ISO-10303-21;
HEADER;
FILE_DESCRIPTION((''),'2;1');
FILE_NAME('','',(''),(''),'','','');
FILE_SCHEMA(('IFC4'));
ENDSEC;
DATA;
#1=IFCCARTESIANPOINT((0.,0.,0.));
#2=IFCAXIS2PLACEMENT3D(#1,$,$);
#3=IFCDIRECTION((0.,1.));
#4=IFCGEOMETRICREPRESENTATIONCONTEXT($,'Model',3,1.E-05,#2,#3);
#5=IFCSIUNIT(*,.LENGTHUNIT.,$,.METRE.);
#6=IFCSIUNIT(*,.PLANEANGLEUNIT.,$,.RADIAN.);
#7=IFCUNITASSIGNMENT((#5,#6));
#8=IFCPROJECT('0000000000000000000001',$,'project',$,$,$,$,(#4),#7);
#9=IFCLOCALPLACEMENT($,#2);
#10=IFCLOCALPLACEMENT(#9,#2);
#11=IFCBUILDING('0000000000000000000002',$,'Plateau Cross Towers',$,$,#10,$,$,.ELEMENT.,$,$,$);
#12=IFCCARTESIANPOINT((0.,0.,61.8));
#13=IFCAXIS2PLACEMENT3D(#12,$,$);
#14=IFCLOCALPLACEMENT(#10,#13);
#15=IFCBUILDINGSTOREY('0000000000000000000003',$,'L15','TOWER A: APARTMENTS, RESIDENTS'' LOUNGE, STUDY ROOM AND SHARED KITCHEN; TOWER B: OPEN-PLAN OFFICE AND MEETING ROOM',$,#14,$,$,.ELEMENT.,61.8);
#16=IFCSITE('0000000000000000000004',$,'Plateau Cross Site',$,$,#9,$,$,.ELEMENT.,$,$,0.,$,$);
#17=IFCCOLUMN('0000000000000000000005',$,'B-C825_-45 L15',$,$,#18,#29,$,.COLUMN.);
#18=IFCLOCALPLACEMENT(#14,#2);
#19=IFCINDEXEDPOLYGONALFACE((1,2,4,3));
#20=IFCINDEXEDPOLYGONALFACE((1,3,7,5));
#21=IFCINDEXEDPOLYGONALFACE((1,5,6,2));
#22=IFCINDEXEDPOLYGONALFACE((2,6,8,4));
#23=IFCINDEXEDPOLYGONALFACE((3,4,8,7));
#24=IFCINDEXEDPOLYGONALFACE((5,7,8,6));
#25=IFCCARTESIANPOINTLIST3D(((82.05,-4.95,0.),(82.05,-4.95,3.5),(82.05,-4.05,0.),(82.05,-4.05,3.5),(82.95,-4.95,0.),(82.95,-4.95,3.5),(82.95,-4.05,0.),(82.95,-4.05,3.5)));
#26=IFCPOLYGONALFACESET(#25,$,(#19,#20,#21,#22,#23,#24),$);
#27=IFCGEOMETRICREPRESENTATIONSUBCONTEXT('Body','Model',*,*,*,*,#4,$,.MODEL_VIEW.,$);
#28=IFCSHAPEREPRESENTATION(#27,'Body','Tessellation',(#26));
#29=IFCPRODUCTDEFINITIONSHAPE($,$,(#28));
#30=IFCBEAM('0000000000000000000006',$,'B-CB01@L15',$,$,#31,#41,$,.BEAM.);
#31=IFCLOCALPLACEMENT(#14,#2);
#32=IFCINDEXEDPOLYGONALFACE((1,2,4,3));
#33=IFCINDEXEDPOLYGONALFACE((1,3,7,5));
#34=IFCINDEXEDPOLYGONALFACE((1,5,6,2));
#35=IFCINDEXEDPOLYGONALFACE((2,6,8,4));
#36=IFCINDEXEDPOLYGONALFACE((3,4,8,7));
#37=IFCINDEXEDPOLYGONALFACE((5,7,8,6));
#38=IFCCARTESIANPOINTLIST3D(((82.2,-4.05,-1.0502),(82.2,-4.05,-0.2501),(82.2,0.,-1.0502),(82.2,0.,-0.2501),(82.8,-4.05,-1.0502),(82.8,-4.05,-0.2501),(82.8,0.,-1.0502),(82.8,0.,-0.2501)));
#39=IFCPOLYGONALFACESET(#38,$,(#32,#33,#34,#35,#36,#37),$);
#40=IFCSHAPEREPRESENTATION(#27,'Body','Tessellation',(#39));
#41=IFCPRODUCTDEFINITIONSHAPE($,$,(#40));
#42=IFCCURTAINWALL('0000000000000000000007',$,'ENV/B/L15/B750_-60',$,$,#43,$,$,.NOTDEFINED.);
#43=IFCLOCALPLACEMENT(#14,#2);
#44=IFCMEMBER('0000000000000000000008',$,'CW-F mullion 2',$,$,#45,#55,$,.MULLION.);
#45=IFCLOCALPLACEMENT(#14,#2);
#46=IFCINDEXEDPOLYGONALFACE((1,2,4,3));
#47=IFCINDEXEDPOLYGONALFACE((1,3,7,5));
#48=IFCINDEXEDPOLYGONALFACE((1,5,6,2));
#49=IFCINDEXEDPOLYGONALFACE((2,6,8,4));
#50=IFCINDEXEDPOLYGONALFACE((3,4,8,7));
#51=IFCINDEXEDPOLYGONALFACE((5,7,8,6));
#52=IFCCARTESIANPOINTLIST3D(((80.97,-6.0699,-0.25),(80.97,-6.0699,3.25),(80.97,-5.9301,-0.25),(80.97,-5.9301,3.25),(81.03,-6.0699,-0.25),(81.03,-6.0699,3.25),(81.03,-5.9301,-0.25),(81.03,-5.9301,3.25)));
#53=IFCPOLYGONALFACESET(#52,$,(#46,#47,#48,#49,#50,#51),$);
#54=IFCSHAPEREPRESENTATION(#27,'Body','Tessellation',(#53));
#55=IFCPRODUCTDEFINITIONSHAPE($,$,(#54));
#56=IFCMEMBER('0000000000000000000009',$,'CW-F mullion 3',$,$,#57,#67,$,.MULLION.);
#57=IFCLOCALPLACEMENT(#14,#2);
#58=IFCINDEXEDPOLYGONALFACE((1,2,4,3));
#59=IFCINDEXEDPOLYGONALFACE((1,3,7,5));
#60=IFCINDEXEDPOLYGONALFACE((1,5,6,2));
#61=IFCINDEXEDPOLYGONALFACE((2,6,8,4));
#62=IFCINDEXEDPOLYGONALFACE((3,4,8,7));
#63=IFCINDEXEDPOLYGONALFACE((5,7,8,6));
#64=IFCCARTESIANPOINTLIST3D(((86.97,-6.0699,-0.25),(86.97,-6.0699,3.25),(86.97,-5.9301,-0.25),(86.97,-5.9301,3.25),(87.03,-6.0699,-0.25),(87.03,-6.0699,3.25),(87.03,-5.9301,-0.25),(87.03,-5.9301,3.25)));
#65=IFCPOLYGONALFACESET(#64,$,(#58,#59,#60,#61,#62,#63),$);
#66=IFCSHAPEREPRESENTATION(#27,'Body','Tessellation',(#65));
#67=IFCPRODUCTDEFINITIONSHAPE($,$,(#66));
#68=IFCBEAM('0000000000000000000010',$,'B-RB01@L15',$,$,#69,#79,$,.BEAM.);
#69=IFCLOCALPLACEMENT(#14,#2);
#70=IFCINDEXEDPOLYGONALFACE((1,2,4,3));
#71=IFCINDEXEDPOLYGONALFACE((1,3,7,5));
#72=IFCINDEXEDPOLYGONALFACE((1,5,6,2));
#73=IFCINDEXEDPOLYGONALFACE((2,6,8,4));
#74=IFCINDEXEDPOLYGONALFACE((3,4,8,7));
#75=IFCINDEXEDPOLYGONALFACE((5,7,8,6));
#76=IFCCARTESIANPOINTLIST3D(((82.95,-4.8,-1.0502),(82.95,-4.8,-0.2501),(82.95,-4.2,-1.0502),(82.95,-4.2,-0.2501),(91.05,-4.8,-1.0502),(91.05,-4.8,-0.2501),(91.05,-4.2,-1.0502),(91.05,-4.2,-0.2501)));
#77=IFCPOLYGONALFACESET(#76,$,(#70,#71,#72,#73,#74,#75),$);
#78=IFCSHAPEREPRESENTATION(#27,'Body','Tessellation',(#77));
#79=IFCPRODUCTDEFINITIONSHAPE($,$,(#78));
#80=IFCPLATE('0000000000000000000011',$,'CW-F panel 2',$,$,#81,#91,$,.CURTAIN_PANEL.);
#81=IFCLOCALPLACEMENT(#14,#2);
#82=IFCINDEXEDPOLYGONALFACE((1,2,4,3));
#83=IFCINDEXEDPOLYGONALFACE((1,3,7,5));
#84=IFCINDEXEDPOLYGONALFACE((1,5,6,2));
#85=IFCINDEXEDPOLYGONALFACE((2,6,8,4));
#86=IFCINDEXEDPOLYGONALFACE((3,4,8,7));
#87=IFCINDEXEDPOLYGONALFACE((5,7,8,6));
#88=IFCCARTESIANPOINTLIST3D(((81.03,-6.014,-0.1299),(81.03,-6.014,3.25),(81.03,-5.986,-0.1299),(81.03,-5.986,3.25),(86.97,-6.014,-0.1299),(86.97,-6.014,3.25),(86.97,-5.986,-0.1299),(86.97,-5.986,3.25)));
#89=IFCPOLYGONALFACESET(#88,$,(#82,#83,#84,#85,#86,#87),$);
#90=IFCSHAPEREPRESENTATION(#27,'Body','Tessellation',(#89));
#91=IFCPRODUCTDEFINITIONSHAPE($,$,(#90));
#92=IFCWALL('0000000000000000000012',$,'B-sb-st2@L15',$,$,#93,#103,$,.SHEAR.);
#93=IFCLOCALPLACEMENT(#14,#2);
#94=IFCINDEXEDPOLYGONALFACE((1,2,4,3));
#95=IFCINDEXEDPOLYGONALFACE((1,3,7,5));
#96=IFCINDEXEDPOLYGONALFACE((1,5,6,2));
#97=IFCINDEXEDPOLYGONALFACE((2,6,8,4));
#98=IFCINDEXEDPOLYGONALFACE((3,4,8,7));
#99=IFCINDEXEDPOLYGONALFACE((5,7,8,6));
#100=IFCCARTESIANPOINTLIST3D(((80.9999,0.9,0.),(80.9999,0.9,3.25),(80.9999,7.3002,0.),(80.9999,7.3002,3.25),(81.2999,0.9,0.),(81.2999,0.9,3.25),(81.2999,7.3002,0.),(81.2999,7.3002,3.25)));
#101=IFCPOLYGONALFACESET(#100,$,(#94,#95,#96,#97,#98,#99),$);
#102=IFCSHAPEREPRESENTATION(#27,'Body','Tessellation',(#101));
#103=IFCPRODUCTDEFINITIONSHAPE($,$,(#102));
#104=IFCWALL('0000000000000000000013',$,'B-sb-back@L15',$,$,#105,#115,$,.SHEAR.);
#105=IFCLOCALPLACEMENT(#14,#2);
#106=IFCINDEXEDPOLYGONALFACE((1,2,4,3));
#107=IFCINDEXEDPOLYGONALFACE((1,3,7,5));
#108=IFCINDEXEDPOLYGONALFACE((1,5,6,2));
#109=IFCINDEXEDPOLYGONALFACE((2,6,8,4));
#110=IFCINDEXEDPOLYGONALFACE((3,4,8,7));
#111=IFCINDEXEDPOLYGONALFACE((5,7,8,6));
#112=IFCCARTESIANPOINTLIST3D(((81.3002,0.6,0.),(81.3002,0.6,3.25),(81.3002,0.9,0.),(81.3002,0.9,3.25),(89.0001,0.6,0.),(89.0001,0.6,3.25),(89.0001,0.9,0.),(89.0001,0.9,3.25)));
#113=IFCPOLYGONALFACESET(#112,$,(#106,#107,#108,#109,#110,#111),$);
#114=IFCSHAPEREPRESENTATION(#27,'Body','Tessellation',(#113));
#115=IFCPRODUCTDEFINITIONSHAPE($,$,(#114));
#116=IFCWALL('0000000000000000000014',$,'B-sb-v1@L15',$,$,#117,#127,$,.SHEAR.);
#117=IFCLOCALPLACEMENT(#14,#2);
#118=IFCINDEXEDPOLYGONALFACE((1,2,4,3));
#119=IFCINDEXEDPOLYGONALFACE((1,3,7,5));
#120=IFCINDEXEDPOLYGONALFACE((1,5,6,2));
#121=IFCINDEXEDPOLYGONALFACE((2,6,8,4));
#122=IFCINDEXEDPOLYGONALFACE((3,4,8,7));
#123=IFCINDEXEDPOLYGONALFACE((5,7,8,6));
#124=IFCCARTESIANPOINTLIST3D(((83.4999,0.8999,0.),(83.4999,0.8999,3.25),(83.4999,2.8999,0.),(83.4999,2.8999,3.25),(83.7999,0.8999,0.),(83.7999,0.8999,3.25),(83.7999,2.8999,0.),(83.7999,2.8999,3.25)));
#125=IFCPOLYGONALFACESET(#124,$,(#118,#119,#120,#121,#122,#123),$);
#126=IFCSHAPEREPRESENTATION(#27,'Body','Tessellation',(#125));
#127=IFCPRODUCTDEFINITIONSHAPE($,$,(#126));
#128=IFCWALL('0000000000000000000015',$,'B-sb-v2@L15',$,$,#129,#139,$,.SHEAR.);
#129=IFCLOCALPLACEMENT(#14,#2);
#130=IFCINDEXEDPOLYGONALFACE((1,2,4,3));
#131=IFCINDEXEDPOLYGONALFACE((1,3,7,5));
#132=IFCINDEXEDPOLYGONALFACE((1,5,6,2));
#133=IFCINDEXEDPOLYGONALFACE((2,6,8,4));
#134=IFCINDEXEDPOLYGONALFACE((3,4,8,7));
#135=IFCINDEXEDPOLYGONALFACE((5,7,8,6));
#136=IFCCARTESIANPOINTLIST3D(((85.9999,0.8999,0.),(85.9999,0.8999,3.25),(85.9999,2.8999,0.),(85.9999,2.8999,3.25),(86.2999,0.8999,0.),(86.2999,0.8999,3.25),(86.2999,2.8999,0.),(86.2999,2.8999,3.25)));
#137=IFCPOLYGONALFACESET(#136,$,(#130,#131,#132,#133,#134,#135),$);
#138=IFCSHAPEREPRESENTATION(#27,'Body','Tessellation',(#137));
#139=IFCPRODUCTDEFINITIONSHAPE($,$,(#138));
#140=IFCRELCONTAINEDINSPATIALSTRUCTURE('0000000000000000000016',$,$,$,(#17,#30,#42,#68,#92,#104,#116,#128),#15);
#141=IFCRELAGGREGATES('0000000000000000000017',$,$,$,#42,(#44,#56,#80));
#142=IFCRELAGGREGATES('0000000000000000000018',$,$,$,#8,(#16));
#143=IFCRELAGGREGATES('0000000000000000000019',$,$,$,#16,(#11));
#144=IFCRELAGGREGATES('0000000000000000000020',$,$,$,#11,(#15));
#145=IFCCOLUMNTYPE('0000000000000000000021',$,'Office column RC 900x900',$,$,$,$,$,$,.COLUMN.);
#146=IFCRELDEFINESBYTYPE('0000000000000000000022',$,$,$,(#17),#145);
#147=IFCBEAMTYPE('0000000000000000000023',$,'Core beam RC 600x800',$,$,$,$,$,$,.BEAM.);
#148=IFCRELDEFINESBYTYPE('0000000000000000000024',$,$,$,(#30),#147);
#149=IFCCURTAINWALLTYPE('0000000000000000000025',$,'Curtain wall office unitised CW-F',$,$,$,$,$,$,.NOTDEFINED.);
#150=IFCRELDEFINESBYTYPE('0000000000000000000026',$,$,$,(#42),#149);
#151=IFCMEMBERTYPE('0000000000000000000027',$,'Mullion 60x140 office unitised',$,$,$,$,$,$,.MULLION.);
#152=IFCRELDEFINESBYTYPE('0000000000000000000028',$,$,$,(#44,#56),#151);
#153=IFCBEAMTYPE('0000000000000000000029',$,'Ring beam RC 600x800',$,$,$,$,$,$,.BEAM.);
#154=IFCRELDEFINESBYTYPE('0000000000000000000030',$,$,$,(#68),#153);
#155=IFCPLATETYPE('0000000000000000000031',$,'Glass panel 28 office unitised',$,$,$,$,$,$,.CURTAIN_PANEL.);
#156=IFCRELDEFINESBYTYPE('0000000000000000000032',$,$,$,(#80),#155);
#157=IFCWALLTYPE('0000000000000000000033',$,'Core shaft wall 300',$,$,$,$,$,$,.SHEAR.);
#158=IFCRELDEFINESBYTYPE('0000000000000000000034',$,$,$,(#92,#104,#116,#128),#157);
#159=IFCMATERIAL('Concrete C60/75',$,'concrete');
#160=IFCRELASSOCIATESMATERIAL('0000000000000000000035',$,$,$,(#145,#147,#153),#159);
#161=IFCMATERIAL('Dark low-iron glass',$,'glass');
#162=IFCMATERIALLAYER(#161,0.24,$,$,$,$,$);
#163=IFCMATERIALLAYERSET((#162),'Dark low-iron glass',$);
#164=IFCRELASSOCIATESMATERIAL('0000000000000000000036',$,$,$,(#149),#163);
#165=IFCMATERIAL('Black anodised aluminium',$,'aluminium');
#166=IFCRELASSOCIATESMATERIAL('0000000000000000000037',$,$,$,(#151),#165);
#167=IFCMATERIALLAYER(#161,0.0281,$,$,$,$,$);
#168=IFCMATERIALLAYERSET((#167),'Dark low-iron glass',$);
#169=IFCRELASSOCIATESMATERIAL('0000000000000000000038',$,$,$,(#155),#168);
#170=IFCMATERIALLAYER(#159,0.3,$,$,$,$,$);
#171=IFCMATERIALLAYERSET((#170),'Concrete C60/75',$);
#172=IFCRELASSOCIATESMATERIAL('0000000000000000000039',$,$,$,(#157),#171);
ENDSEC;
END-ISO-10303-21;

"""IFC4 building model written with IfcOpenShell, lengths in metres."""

from ifc_helpers import new_model, si_unit, direction, frame, frame_2d, origin, origin_2d, place, context, subcontext, project, spatial, rectangle, extrude, material, layer, layer_set, material_profile, profile_set, type_object, element, aggregate, save


model = new_model("IFC4")

# Units and contexts
model_context = context("Model", 3, precision=1e-05, world=origin(), true_north=direction((0.0, 1.0)))
body_context = subcontext(model_context, "Body", "Model", "MODEL_VIEW")
ifc_project = project(units=[si_unit("LENGTHUNIT", "METRE"), si_unit("PLANEANGLEUNIT", "RADIAN")], contexts=[model_context])

# Site, building, storey
site_placement = place(None, origin())
site = spatial("IfcSite", under=ifc_project, at=site_placement, Name="Plateau Cross Site", CompositionType="ELEMENT", RefElevation=0.0)
building_placement = place(site_placement, origin())
building = spatial("IfcBuilding", under=site, at=building_placement, Name="Plateau Cross Towers", CompositionType="ELEMENT")
storey_placement = place(building_placement, frame((0.0, 0.0, 61.8)))
storey = spatial("IfcBuildingStorey", under=building, at=storey_placement, Name="L15", Description="TOWER A: APARTMENTS, RESIDENTS' LOUNGE, STUDY ROOM AND SHARED KITCHEN; TOWER B: OPEN-PLAN OFFICE AND MEETING ROOM", CompositionType="ELEMENT", Elevation=61.8)

# Column
ifc_material_1 = material(Name="Concrete C60/75", Category="concrete")
ifc_material_profile_1 = material_profile(ifc_material_1, rectangle(XDim=0.8999, YDim=0.8999, at=origin_2d()), Name="RC 900x900")
ifc_profile_set_1 = profile_set([ifc_material_profile_1], Name="Concrete C60/75")
column_type = type_object("IfcColumnType", Name="Office column RC 900x900", PredefinedType="COLUMN", material=ifc_profile_set_1)
column_placement = place(storey_placement, frame((82.5, -4.5, 0.0), z_axis=(0.0, 0.0, 1.0), x_axis=(1.0, 0.0, 0.0)))
element("IfcColumn", 1, at=column_placement, inside=storey, type_object=column_type, Name="B-C825_-45 L15", PredefinedType="COLUMN", context=body_context, shape_type="SweptSolid", body=[
    extrude(rectangle(XDim=0.8999, YDim=0.8999, at=origin_2d()), origin(), (0.0, 0.0, 1.0), 3.5),
])

# Beam
ifc_material_profile_2 = material_profile(ifc_material_1, rectangle(XDim=0.6001, YDim=0.8, at=origin_2d()), Name="RC 600x800")
ifc_profile_set_2 = profile_set([ifc_material_profile_2], Name="Concrete C60/75")
beam_type_1 = type_object("IfcBeamType", Name="Core beam RC 600x800", PredefinedType="BEAM", material=ifc_profile_set_2)
beam_1_placement = place(storey_placement, frame((82.5, 0.0, -0.6501), z_axis=(0.0, -1.0, 0.0), x_axis=(1.0, 0.0, 0.0)))
element("IfcBeam", 2, at=beam_1_placement, inside=storey, type_object=beam_type_1, Name="B-CB01@L15", PredefinedType="BEAM", context=body_context, shape_type="SweptSolid", body=[
    extrude(rectangle(XDim=0.6001, YDim=0.8, at=origin_2d()), origin(), (0.0, 0.0, 1.0), 4.05),
])

# Curtain wall, members
ifc_material_2 = material(Name="Dark low-iron glass", Category="glass")
ifc_layer_1 = layer(ifc_material_2, 0.24)
ifc_layer_set_1 = layer_set([ifc_layer_1], Name="Dark low-iron glass")
curtain_wall_type = type_object("IfcCurtainWallType", Name="Curtain wall office unitised CW-F", PredefinedType="NOTDEFINED", material=ifc_layer_set_1)
curtain_wall_placement = place(storey_placement, origin())
curtain_wall = element("IfcCurtainWall", 3, at=curtain_wall_placement, inside=storey, type_object=curtain_wall_type, Name="ENV/B/L15/B750_-60", PredefinedType="NOTDEFINED")
ifc_material_3 = material(Name="Black anodised aluminium", Category="aluminium")
ifc_material_profile_3 = material_profile(ifc_material_3, rectangle(XDim=0.0601, YDim=0.1399, at=origin_2d()), Name="MULLION 60x140")
ifc_profile_set_3 = profile_set([ifc_material_profile_3], Name="Black anodised aluminium")
member_type = type_object("IfcMemberType", Name="Mullion 60x140 office unitised", PredefinedType="MULLION", material=ifc_profile_set_3)
member_1_placement = place(storey_placement, frame((81.0, -6.0, -0.25), z_axis=(0.0, 0.0, 1.0), x_axis=(1.0, 0.0, 0.0)))
member_1 = element("IfcMember", 4, at=member_1_placement, type_object=member_type, Name="CW-F mullion 2", PredefinedType="MULLION", context=body_context, shape_type="SweptSolid", body=[
    extrude(rectangle(XDim=0.0601, YDim=0.1399, at=origin_2d()), origin(), (0.0, 0.0, 1.0), 3.5),
])
member_2_placement = place(storey_placement, frame((87.0, -6.0, -0.25), z_axis=(0.0, 0.0, 1.0), x_axis=(1.0, 0.0, 0.0)))
member_2 = element("IfcMember", 5, at=member_2_placement, type_object=member_type, Name="CW-F mullion 3", PredefinedType="MULLION", context=body_context, shape_type="SweptSolid", body=[
    extrude(rectangle(XDim=0.0601, YDim=0.1399, at=origin_2d()), origin(), (0.0, 0.0, 1.0), 3.5),
])

# Beam
ifc_material_profile_4 = material_profile(ifc_material_1, rectangle(XDim=0.6001, YDim=0.8, at=origin_2d()), Name="RC 600x800")
ifc_profile_set_4 = profile_set([ifc_material_profile_4], Name="Concrete C60/75")
beam_type_2 = type_object("IfcBeamType", Name="Ring beam RC 600x800", PredefinedType="BEAM", material=ifc_profile_set_4)
beam_2_placement = place(storey_placement, frame((82.95, -4.5, -0.6501), z_axis=(1.0, 0.0, 0.0), x_axis=(0.0, 1.0, 0.0)))
element("IfcBeam", 6, at=beam_2_placement, inside=storey, type_object=beam_type_2, Name="B-RB01@L15", PredefinedType="BEAM", context=body_context, shape_type="SweptSolid", body=[
    extrude(rectangle(XDim=0.6001, YDim=0.8, at=origin_2d()), origin(), (0.0, 0.0, 1.0), 8.1001),
])

# Plate
ifc_layer_2 = layer(ifc_material_2, 0.0281)
ifc_layer_set_2 = layer_set([ifc_layer_2], Name="Dark low-iron glass")
plate_type = type_object("IfcPlateType", Name="Glass panel 28 office unitised", PredefinedType="CURTAIN_PANEL", material=ifc_layer_set_2)
plate_placement = place(storey_placement, frame((84.0, -6.0, -0.1299), z_axis=(0.0, 0.0, 1.0), x_axis=(1.0, 0.0, 0.0)))
plate = element("IfcPlate", 7, at=plate_placement, type_object=plate_type, Name="CW-F panel 2", PredefinedType="CURTAIN_PANEL", context=body_context, shape_type="SweptSolid", body=[
    extrude(rectangle(XDim=5.9399, YDim=0.0281, at=origin_2d()), origin(), (0.0, 0.0, 1.0), 3.3799),
])
aggregate(curtain_wall, [member_1, member_2, plate])

# Walls
ifc_layer_3 = layer(ifc_material_1, 0.3)
ifc_layer_set_3 = layer_set([ifc_layer_3], Name="Concrete C60/75")
wall_type_1 = type_object("IfcWallType", Name="Core shaft wall 300", PredefinedType="SHEAR", material=ifc_layer_set_3)
wall_1_placement = place(storey_placement, frame((81.1499, 0.8999, 0.0), z_axis=(0.0, 0.0, 1.0), x_axis=(0.0, 1.0, 0.0)))
element("IfcWall", 8, at=wall_1_placement, inside=storey, type_object=wall_type_1, Name="B-sb-st2@L15", PredefinedType="SHEAR", context=body_context, shape_type="SweptSolid", body=[
    extrude(rectangle(XDim=6.4001, YDim=0.3, at=frame_2d((3.2002, 0.0))), origin(), (0.0, 0.0, 1.0), 3.25),
])
wall_2_placement = place(storey_placement, frame((81.3, 0.75, 0.0), z_axis=(0.0, 0.0, 1.0), x_axis=(1.0, 0.0, 0.0)))
element("IfcWall", 9, at=wall_2_placement, inside=storey, type_object=wall_type_1, Name="B-sb-back@L15", PredefinedType="SHEAR", context=body_context, shape_type="SweptSolid", body=[
    extrude(rectangle(XDim=7.7, YDim=0.3, at=frame_2d((3.8501, 0.0))), origin(), (0.0, 0.0, 1.0), 3.25),
])
for number, where, z_axis, x_axis, name in (
    (10, (83.6499, 0.8999, 0.0), (0.0, 0.0, 1.0), (0.0, 1.0, 0.0), "B-sb-v1@L15"),
    (11, (86.1499, 0.8999, 0.0), (0.0, 0.0, 1.0), (0.0, 1.0, 0.0), "B-sb-v2@L15"),
):
    element("IfcWall", number, at=place(storey_placement, frame(where, z_axis=z_axis, x_axis=x_axis)), inside=storey, type_object=wall_type_1, Name=name, PredefinedType="SHEAR", context=body_context, shape_type="SweptSolid", body=[
        extrude(rectangle(XDim=2.0, YDim=0.3, at=frame_2d((1.0, 0.0))), origin(), (0.0, 0.0, 1.0), 3.25),
    ])

save(model, "model.ifc")
